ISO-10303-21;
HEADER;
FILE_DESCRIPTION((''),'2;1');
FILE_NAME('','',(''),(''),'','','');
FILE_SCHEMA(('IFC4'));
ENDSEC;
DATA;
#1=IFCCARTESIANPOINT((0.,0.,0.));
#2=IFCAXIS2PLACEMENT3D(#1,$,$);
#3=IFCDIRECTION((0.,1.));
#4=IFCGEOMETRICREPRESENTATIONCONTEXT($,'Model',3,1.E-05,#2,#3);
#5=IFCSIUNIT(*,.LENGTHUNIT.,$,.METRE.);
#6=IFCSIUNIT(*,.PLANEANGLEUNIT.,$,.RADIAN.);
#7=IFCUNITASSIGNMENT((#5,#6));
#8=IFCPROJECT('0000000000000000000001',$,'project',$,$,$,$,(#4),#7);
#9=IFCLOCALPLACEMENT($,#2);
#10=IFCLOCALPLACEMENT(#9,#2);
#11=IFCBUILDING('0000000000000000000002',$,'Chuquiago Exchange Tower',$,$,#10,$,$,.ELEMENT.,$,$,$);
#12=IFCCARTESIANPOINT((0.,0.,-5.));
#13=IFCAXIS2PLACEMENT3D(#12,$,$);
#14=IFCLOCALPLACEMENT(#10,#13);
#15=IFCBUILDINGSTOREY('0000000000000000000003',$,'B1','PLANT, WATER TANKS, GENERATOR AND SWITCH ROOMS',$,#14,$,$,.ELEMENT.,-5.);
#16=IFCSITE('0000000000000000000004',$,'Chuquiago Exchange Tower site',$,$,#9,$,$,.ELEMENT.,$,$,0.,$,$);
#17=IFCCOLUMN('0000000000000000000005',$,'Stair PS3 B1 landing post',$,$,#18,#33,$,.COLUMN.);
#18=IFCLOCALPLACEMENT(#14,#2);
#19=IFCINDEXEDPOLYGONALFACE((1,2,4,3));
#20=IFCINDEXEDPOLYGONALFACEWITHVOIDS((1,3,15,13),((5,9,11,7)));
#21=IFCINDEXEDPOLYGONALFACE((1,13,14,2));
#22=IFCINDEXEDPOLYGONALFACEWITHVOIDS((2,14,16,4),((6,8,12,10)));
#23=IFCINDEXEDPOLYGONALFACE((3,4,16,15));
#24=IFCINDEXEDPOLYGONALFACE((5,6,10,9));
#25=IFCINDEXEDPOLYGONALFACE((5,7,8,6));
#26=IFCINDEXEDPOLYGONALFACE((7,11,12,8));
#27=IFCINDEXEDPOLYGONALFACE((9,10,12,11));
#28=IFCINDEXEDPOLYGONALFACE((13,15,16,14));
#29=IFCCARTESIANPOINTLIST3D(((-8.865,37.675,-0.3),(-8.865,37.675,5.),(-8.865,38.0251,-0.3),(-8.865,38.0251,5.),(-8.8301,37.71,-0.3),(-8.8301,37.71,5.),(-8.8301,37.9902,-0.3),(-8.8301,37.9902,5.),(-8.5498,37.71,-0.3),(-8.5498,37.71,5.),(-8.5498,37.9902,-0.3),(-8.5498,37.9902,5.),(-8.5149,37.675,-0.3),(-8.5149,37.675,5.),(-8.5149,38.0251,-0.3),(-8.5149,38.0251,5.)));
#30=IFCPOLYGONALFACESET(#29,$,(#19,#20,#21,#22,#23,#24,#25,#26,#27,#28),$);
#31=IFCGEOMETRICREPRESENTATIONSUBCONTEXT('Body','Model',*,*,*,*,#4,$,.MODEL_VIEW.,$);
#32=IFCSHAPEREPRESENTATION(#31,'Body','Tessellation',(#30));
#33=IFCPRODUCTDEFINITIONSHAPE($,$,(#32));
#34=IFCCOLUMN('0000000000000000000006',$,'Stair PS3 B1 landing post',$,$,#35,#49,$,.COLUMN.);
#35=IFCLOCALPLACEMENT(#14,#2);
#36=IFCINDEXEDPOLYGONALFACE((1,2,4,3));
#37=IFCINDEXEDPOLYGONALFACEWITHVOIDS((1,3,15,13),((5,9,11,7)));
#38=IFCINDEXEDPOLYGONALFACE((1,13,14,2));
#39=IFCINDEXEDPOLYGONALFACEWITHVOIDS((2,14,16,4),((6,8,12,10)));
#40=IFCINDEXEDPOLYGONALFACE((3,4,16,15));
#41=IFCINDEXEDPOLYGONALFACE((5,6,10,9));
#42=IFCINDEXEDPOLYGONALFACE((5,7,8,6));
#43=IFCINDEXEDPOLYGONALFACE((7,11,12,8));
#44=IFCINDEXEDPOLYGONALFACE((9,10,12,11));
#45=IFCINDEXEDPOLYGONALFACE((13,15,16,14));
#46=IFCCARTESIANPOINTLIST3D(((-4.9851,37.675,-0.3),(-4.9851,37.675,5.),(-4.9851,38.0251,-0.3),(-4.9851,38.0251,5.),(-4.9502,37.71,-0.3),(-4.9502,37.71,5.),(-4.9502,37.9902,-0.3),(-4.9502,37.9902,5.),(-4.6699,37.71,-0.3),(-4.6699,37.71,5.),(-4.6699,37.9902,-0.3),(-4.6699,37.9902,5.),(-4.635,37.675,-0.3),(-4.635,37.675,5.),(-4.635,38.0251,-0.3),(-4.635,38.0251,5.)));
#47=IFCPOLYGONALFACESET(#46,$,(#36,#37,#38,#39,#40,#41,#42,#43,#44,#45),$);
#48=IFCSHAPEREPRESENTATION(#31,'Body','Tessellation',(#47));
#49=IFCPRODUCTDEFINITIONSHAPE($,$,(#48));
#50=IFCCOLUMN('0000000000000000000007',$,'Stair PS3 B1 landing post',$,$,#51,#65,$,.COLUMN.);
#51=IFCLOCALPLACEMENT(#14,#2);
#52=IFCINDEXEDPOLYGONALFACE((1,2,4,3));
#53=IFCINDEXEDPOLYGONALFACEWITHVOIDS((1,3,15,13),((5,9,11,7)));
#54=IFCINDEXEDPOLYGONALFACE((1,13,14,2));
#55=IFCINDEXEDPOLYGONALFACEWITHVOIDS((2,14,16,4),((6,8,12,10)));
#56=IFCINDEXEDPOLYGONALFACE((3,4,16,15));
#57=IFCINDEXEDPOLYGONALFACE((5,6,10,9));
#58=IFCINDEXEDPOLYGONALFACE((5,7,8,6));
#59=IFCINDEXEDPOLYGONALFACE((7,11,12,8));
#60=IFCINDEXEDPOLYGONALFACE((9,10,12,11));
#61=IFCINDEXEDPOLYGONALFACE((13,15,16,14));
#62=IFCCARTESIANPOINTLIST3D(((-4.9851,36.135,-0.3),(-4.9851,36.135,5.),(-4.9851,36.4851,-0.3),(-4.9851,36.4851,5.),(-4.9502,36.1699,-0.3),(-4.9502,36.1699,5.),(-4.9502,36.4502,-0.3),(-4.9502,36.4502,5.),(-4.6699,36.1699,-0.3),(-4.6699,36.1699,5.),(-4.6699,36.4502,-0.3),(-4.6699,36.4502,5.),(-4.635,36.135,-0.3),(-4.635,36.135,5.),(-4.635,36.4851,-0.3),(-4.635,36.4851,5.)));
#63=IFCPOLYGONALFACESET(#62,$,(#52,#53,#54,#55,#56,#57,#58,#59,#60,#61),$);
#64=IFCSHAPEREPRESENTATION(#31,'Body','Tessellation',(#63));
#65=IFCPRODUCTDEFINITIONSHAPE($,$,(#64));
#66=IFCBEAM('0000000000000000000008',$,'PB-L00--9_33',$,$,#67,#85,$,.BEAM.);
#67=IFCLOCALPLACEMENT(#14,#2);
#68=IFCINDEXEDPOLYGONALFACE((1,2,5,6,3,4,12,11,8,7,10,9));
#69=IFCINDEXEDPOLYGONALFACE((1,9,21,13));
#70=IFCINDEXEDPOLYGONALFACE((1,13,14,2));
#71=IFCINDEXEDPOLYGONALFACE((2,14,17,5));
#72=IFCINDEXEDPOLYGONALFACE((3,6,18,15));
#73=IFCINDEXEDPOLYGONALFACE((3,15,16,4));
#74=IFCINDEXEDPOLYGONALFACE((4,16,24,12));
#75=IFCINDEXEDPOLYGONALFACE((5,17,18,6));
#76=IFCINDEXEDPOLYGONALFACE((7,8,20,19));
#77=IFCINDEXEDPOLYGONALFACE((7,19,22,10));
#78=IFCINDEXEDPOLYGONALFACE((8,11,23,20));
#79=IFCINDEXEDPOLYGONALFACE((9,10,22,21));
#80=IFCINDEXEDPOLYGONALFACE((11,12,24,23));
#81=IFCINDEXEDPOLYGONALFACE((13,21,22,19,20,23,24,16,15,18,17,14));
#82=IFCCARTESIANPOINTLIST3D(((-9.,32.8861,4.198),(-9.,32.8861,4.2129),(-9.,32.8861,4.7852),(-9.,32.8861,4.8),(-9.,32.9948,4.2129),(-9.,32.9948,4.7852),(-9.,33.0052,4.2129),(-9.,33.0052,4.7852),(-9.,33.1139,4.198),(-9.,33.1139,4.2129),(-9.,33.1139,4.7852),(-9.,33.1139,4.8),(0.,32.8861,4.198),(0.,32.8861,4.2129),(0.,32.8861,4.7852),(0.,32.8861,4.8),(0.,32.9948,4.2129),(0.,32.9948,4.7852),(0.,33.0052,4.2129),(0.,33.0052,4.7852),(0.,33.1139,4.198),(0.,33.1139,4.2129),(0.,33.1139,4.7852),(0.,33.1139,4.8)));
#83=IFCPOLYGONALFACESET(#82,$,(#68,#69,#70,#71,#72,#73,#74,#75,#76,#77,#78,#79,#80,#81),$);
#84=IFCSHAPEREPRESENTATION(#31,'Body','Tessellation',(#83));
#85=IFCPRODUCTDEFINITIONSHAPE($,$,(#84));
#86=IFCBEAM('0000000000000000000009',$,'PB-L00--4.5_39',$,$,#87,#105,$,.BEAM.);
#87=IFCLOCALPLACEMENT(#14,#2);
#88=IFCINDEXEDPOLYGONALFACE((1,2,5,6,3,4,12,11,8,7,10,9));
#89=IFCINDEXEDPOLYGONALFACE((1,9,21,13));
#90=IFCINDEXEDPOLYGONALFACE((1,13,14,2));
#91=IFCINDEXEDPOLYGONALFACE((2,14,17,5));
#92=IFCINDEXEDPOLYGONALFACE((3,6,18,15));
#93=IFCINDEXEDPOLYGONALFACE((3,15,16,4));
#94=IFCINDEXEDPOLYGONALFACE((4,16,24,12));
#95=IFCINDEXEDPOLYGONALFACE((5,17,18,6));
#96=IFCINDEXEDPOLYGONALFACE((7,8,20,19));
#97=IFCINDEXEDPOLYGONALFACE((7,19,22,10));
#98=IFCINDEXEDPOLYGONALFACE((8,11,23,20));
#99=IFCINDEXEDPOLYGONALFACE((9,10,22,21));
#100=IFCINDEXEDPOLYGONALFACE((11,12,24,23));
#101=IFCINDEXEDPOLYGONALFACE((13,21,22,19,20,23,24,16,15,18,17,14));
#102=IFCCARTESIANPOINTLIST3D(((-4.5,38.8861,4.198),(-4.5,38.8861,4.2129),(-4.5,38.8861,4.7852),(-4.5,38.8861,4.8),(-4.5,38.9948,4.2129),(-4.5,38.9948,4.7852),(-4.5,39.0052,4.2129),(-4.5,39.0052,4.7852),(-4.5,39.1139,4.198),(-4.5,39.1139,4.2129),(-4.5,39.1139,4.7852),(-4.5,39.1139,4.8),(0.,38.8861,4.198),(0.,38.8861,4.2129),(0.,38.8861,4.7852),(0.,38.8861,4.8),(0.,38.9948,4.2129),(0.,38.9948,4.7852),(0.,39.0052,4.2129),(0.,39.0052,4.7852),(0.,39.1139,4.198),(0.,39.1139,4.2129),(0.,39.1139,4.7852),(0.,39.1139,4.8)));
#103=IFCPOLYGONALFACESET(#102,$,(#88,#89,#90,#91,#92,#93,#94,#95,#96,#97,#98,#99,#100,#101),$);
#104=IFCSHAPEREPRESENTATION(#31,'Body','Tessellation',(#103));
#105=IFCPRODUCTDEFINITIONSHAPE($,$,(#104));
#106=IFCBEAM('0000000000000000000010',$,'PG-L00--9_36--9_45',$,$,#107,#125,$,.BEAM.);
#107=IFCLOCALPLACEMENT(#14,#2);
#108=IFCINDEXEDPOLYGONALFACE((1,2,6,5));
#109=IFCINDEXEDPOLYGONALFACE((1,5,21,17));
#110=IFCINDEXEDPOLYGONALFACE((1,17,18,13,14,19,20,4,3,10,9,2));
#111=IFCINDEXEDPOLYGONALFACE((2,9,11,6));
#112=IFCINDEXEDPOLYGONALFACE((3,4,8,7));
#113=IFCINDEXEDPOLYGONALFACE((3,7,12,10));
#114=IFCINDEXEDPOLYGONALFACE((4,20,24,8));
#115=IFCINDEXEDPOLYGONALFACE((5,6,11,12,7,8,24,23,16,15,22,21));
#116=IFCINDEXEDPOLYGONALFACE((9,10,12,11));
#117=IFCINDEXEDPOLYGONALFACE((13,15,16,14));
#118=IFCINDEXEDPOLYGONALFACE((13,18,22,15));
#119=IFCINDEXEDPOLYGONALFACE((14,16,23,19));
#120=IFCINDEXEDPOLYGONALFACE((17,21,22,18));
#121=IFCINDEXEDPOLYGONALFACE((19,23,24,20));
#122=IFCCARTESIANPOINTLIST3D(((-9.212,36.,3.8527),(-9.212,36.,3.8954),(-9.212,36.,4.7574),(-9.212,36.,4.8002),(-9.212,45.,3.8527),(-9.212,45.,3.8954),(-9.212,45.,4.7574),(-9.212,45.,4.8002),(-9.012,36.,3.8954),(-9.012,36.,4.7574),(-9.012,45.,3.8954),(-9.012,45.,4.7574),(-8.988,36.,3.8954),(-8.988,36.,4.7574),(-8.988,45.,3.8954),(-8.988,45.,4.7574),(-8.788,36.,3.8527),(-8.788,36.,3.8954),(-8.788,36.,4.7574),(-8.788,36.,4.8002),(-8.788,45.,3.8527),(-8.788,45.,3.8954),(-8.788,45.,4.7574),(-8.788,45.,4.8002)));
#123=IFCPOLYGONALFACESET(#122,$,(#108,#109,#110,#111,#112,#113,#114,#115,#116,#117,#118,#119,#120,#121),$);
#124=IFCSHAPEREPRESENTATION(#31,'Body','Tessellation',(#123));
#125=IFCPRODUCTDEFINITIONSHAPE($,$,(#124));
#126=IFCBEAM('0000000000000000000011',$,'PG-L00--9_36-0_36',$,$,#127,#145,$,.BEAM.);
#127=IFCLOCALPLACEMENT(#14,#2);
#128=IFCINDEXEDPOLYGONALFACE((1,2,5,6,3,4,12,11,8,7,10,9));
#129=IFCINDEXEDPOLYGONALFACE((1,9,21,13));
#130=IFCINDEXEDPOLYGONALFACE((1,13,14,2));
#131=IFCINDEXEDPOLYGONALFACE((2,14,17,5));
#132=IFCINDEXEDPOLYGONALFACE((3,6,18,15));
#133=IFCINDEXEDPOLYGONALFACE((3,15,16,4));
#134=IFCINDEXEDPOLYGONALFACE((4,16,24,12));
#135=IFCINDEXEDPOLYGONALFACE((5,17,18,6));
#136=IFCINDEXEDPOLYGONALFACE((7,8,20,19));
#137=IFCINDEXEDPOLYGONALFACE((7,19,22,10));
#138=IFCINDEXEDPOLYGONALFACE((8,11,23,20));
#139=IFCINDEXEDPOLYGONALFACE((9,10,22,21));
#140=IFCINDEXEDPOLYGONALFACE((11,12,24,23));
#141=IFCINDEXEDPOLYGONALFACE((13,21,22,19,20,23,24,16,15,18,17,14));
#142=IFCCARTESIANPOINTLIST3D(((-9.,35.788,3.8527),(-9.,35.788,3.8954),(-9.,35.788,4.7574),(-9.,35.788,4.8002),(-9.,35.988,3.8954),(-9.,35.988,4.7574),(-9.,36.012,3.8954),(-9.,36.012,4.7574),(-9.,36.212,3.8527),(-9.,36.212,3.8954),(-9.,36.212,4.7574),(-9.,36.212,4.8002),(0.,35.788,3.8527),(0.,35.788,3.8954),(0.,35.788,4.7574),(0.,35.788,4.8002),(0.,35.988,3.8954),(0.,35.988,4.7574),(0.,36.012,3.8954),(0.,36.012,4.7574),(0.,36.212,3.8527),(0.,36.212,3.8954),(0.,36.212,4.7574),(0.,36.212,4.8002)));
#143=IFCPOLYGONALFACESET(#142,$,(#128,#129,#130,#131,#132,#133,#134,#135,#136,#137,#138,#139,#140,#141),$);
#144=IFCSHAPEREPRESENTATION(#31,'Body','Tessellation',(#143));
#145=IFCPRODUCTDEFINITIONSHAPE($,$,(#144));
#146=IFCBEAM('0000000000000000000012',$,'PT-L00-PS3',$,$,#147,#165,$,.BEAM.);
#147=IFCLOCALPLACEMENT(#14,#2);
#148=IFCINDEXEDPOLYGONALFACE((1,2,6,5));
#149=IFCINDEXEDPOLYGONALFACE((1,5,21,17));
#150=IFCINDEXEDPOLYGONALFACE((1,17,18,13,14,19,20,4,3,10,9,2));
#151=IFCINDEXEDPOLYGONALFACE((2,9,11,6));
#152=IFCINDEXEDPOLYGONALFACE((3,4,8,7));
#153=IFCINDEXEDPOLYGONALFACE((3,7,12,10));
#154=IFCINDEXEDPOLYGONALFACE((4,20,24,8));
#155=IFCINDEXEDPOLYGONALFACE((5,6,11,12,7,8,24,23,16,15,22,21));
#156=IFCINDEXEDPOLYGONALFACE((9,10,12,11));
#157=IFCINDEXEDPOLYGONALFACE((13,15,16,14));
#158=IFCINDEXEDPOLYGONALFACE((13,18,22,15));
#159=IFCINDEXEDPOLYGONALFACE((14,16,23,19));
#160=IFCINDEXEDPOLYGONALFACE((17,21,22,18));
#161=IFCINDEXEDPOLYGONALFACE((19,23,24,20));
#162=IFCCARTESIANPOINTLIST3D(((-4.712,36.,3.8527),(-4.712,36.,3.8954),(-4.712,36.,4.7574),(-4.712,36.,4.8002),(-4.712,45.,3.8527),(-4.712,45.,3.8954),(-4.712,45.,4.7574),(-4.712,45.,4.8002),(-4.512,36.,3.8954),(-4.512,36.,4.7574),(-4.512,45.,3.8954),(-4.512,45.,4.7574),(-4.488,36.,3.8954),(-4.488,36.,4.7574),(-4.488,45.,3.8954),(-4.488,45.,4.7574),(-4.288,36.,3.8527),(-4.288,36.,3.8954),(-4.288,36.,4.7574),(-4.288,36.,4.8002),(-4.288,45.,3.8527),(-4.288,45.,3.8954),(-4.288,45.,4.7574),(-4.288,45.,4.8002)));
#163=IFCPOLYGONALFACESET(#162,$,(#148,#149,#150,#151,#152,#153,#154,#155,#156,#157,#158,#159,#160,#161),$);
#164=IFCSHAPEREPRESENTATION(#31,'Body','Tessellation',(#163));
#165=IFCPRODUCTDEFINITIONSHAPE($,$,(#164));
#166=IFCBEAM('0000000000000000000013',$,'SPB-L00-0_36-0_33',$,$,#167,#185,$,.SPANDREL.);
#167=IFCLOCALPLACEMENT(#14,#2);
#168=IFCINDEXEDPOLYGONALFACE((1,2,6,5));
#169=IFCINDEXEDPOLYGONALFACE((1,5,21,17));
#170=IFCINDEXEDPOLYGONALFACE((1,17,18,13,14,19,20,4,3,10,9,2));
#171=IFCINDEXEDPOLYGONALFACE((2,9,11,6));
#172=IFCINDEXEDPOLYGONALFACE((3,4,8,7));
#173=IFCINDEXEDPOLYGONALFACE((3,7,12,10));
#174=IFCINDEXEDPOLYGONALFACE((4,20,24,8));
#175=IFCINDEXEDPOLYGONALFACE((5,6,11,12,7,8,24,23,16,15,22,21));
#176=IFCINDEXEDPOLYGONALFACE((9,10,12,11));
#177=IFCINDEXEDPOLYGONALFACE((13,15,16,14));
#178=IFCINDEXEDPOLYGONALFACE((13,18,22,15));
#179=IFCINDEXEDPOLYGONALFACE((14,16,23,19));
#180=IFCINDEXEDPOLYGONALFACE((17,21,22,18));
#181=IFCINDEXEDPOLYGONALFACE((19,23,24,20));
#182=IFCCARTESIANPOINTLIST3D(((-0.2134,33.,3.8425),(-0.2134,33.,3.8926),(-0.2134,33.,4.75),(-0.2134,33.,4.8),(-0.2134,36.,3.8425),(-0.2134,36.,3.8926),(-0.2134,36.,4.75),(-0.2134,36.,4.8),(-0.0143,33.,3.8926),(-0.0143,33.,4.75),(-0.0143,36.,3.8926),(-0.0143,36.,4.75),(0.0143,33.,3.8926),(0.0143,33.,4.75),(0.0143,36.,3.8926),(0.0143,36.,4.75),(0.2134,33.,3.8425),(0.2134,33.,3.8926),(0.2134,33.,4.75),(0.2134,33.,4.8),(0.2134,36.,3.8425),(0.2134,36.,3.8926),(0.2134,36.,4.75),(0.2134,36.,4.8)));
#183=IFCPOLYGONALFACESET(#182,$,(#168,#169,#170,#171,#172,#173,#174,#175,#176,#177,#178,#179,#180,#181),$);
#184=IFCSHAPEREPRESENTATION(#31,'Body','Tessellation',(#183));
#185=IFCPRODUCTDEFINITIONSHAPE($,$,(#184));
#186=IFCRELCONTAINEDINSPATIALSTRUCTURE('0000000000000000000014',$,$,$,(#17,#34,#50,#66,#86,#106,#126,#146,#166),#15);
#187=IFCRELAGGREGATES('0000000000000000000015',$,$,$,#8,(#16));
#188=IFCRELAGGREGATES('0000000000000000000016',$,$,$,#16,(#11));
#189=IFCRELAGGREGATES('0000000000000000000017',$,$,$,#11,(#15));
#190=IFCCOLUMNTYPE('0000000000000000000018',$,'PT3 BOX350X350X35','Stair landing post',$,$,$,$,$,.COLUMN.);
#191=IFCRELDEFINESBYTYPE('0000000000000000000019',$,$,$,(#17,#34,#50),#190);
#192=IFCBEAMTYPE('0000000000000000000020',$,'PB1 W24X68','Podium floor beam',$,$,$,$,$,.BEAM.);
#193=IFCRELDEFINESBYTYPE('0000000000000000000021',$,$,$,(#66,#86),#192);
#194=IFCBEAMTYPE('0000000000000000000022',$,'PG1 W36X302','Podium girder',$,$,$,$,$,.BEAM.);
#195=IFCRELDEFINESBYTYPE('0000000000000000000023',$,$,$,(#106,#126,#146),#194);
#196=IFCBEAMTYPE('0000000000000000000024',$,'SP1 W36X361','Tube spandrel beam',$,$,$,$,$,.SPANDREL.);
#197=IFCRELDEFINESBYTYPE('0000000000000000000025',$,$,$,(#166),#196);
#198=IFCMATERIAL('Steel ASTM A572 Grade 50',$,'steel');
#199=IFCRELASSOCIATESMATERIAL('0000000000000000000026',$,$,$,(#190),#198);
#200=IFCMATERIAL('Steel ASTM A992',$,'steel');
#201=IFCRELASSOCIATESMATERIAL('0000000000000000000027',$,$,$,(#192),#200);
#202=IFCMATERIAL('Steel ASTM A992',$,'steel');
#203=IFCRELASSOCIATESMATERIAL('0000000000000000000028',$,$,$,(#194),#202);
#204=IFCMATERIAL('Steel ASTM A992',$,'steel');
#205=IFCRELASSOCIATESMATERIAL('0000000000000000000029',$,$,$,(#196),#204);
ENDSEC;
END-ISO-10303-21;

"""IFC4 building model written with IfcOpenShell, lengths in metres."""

from ifc_helpers import new_model, si_unit, direction, frame, origin, origin_2d, place, context, subcontext, project, spatial, hollow_rectangle, i_section, extrude, material, material_profile, profile_set, type_object, element, save


model = new_model("IFC4")

# Units and contexts
model_context = context("Model", 3, precision=1e-05, world=origin(), true_north=direction((0.0, 1.0)))
body_context = subcontext(model_context, "Body", "Model", "MODEL_VIEW")
ifc_project = project(units=[si_unit("LENGTHUNIT", "METRE"), si_unit("PLANEANGLEUNIT", "RADIAN")], contexts=[model_context])

# Site, building, storey
site_placement = place(None, origin())
site = spatial("IfcSite", under=ifc_project, at=site_placement, Name="Chuquiago Exchange Tower site", CompositionType="ELEMENT", RefElevation=0.0)
building_placement = place(site_placement, origin())
building = spatial("IfcBuilding", under=site, at=building_placement, Name="Chuquiago Exchange Tower", CompositionType="ELEMENT")
storey_placement = place(building_placement, frame((0.0, 0.0, -5.0)))
storey = spatial("IfcBuildingStorey", under=building, at=storey_placement, Name="B1", Description="PLANT, WATER TANKS, GENERATOR AND SWITCH ROOMS", CompositionType="ELEMENT", Elevation=-5.0)

# Columns
ifc_material_1 = material(Name="Steel ASTM A572 Grade 50", Category="steel")
ifc_material_profile_1 = material_profile(ifc_material_1, hollow_rectangle(XDim=0.3501, YDim=0.3501, WallThickness=0.0349, at=origin_2d()), Name="BOX350X350X35")
ifc_profile_set_1 = profile_set([ifc_material_profile_1], Name="Steel ASTM A572 Grade 50")
column_type_1 = type_object("IfcColumnType", Name="PT3 BOX350X350X35", Description="Stair landing post", PredefinedType="COLUMN", material=ifc_profile_set_1)
for number, where, z_axis, x_axis, name in (
    (1, (-8.6899, 37.8501, -0.3), (0.0, 0.0, 1.0), (1.0, 0.0, 0.0), "Stair PS3 B1 landing post"),
    (2, (-4.8101, 37.8501, -0.3), (0.0, 0.0, 1.0), (1.0, 0.0, 0.0), "Stair PS3 B1 landing post"),
    (3, (-4.8101, 36.3101, -0.3), (0.0, 0.0, 1.0), (1.0, 0.0, 0.0), "Stair PS3 B1 landing post"),
):
    element("IfcColumn", number, at=place(storey_placement, frame(where, z_axis=z_axis, x_axis=x_axis)), inside=storey, type_object=column_type_1, Name=name, PredefinedType="COLUMN", context=body_context, shape_type="SweptSolid", body=[
        extrude(hollow_rectangle(XDim=0.3501, YDim=0.3501, WallThickness=0.0349, at=origin_2d()), origin(), (0.0, 0.0, 1.0), 5.3),
    ])

# Beams
ifc_material_2 = material(Name="Steel ASTM A992", Category="steel")
ifc_material_profile_2 = material_profile(ifc_material_2, i_section(OverallWidth=0.2278, OverallDepth=0.6021, WebThickness=0.0105, FlangeThickness=0.0149, at=origin_2d()), Name="W24X68")
ifc_profile_set_2 = profile_set([ifc_material_profile_2], Name="Steel ASTM A992")
beam_type_1 = type_object("IfcBeamType", Name="PB1 W24X68", Description="Podium floor beam", PredefinedType="BEAM", material=ifc_profile_set_2)
beam_1_placement = place(storey_placement, frame((-9.0, 33.0, 4.499), z_axis=(1.0, 0.0, 0.0), x_axis=(0.0, 1.0, 0.0)))
element("IfcBeam", 4, at=beam_1_placement, inside=storey, type_object=beam_type_1, Name="PB-L00--9_33", PredefinedType="BEAM", context=body_context, shape_type="SweptSolid", body=[
    extrude(i_section(OverallWidth=0.2278, OverallDepth=0.6021, WebThickness=0.0105, FlangeThickness=0.0149, at=origin_2d()), origin(), (0.0, 0.0, 1.0), 9.0),
])
beam_2_placement = place(storey_placement, frame((-4.5, 39.0, 4.499), z_axis=(1.0, 0.0, 0.0), x_axis=(0.0, 1.0, 0.0)))
element("IfcBeam", 5, at=beam_2_placement, inside=storey, type_object=beam_type_1, Name="PB-L00--4.5_39", PredefinedType="BEAM", context=body_context, shape_type="SweptSolid", body=[
    extrude(i_section(OverallWidth=0.2278, OverallDepth=0.6021, WebThickness=0.0105, FlangeThickness=0.0149, at=origin_2d()), origin(), (0.0, 0.0, 1.0), 4.5),
])
ifc_material_3 = material(Name="Steel ASTM A992", Category="steel")
ifc_material_profile_3 = material_profile(ifc_material_3, i_section(OverallWidth=0.4241, OverallDepth=0.9475, WebThickness=0.0239, FlangeThickness=0.0427, at=origin_2d()), Name="W36X302")
ifc_profile_set_3 = profile_set([ifc_material_profile_3], Name="Steel ASTM A992")
beam_type_2 = type_object("IfcBeamType", Name="PG1 W36X302", Description="Podium girder", PredefinedType="BEAM", material=ifc_profile_set_3)
for number, where, z_axis, x_axis, name in (
    (6, (-9.0, 36.0, 4.3264), (0.0, 1.0, 0.0), (-1.0, 0.0, 0.0), "PG-L00--9_36--9_45"),
    (7, (-9.0, 36.0, 4.3264), (1.0, 0.0, 0.0), (0.0, 1.0, 0.0), "PG-L00--9_36-0_36"),
    (8, (-4.5, 36.0, 4.3264), (0.0, 1.0, 0.0), (-1.0, 0.0, 0.0), "PT-L00-PS3"),
):
    element("IfcBeam", number, at=place(storey_placement, frame(where, z_axis=z_axis, x_axis=x_axis)), inside=storey, type_object=beam_type_2, Name=name, PredefinedType="BEAM", context=body_context, shape_type="SweptSolid", body=[
        extrude(i_section(OverallWidth=0.4241, OverallDepth=0.9475, WebThickness=0.0239, FlangeThickness=0.0427, at=origin_2d()), origin(), (0.0, 0.0, 1.0), 9.0),
    ])
ifc_material_4 = material(Name="Steel ASTM A992", Category="steel")
ifc_material_profile_4 = material_profile(ifc_material_4, i_section(OverallWidth=0.4268, OverallDepth=0.9575, WebThickness=0.0286, FlangeThickness=0.05, at=origin_2d()), Name="W36X361")
ifc_profile_set_4 = profile_set([ifc_material_profile_4], Name="Steel ASTM A992")
beam_type_3 = type_object("IfcBeamType", Name="SP1 W36X361", Description="Tube spandrel beam", PredefinedType="SPANDREL", material=ifc_profile_set_4)
for number, where, z_axis, x_axis, name in (
    (9, (0.0, 36.0, 4.3213), (0.0, -1.0, 0.0), (1.0, 0.0, 0.0), "SPB-L00-0_36-0_33"),
):
    element("IfcBeam", number, at=place(storey_placement, frame(where, z_axis=z_axis, x_axis=x_axis)), inside=storey, type_object=beam_type_3, Name=name, PredefinedType="SPANDREL", context=body_context, shape_type="SweptSolid", body=[
        extrude(i_section(OverallWidth=0.4268, OverallDepth=0.9575, WebThickness=0.0286, FlangeThickness=0.05, at=origin_2d()), origin(), (0.0, 0.0, 1.0), 3.0),
    ])

save(model, "model.ifc")
